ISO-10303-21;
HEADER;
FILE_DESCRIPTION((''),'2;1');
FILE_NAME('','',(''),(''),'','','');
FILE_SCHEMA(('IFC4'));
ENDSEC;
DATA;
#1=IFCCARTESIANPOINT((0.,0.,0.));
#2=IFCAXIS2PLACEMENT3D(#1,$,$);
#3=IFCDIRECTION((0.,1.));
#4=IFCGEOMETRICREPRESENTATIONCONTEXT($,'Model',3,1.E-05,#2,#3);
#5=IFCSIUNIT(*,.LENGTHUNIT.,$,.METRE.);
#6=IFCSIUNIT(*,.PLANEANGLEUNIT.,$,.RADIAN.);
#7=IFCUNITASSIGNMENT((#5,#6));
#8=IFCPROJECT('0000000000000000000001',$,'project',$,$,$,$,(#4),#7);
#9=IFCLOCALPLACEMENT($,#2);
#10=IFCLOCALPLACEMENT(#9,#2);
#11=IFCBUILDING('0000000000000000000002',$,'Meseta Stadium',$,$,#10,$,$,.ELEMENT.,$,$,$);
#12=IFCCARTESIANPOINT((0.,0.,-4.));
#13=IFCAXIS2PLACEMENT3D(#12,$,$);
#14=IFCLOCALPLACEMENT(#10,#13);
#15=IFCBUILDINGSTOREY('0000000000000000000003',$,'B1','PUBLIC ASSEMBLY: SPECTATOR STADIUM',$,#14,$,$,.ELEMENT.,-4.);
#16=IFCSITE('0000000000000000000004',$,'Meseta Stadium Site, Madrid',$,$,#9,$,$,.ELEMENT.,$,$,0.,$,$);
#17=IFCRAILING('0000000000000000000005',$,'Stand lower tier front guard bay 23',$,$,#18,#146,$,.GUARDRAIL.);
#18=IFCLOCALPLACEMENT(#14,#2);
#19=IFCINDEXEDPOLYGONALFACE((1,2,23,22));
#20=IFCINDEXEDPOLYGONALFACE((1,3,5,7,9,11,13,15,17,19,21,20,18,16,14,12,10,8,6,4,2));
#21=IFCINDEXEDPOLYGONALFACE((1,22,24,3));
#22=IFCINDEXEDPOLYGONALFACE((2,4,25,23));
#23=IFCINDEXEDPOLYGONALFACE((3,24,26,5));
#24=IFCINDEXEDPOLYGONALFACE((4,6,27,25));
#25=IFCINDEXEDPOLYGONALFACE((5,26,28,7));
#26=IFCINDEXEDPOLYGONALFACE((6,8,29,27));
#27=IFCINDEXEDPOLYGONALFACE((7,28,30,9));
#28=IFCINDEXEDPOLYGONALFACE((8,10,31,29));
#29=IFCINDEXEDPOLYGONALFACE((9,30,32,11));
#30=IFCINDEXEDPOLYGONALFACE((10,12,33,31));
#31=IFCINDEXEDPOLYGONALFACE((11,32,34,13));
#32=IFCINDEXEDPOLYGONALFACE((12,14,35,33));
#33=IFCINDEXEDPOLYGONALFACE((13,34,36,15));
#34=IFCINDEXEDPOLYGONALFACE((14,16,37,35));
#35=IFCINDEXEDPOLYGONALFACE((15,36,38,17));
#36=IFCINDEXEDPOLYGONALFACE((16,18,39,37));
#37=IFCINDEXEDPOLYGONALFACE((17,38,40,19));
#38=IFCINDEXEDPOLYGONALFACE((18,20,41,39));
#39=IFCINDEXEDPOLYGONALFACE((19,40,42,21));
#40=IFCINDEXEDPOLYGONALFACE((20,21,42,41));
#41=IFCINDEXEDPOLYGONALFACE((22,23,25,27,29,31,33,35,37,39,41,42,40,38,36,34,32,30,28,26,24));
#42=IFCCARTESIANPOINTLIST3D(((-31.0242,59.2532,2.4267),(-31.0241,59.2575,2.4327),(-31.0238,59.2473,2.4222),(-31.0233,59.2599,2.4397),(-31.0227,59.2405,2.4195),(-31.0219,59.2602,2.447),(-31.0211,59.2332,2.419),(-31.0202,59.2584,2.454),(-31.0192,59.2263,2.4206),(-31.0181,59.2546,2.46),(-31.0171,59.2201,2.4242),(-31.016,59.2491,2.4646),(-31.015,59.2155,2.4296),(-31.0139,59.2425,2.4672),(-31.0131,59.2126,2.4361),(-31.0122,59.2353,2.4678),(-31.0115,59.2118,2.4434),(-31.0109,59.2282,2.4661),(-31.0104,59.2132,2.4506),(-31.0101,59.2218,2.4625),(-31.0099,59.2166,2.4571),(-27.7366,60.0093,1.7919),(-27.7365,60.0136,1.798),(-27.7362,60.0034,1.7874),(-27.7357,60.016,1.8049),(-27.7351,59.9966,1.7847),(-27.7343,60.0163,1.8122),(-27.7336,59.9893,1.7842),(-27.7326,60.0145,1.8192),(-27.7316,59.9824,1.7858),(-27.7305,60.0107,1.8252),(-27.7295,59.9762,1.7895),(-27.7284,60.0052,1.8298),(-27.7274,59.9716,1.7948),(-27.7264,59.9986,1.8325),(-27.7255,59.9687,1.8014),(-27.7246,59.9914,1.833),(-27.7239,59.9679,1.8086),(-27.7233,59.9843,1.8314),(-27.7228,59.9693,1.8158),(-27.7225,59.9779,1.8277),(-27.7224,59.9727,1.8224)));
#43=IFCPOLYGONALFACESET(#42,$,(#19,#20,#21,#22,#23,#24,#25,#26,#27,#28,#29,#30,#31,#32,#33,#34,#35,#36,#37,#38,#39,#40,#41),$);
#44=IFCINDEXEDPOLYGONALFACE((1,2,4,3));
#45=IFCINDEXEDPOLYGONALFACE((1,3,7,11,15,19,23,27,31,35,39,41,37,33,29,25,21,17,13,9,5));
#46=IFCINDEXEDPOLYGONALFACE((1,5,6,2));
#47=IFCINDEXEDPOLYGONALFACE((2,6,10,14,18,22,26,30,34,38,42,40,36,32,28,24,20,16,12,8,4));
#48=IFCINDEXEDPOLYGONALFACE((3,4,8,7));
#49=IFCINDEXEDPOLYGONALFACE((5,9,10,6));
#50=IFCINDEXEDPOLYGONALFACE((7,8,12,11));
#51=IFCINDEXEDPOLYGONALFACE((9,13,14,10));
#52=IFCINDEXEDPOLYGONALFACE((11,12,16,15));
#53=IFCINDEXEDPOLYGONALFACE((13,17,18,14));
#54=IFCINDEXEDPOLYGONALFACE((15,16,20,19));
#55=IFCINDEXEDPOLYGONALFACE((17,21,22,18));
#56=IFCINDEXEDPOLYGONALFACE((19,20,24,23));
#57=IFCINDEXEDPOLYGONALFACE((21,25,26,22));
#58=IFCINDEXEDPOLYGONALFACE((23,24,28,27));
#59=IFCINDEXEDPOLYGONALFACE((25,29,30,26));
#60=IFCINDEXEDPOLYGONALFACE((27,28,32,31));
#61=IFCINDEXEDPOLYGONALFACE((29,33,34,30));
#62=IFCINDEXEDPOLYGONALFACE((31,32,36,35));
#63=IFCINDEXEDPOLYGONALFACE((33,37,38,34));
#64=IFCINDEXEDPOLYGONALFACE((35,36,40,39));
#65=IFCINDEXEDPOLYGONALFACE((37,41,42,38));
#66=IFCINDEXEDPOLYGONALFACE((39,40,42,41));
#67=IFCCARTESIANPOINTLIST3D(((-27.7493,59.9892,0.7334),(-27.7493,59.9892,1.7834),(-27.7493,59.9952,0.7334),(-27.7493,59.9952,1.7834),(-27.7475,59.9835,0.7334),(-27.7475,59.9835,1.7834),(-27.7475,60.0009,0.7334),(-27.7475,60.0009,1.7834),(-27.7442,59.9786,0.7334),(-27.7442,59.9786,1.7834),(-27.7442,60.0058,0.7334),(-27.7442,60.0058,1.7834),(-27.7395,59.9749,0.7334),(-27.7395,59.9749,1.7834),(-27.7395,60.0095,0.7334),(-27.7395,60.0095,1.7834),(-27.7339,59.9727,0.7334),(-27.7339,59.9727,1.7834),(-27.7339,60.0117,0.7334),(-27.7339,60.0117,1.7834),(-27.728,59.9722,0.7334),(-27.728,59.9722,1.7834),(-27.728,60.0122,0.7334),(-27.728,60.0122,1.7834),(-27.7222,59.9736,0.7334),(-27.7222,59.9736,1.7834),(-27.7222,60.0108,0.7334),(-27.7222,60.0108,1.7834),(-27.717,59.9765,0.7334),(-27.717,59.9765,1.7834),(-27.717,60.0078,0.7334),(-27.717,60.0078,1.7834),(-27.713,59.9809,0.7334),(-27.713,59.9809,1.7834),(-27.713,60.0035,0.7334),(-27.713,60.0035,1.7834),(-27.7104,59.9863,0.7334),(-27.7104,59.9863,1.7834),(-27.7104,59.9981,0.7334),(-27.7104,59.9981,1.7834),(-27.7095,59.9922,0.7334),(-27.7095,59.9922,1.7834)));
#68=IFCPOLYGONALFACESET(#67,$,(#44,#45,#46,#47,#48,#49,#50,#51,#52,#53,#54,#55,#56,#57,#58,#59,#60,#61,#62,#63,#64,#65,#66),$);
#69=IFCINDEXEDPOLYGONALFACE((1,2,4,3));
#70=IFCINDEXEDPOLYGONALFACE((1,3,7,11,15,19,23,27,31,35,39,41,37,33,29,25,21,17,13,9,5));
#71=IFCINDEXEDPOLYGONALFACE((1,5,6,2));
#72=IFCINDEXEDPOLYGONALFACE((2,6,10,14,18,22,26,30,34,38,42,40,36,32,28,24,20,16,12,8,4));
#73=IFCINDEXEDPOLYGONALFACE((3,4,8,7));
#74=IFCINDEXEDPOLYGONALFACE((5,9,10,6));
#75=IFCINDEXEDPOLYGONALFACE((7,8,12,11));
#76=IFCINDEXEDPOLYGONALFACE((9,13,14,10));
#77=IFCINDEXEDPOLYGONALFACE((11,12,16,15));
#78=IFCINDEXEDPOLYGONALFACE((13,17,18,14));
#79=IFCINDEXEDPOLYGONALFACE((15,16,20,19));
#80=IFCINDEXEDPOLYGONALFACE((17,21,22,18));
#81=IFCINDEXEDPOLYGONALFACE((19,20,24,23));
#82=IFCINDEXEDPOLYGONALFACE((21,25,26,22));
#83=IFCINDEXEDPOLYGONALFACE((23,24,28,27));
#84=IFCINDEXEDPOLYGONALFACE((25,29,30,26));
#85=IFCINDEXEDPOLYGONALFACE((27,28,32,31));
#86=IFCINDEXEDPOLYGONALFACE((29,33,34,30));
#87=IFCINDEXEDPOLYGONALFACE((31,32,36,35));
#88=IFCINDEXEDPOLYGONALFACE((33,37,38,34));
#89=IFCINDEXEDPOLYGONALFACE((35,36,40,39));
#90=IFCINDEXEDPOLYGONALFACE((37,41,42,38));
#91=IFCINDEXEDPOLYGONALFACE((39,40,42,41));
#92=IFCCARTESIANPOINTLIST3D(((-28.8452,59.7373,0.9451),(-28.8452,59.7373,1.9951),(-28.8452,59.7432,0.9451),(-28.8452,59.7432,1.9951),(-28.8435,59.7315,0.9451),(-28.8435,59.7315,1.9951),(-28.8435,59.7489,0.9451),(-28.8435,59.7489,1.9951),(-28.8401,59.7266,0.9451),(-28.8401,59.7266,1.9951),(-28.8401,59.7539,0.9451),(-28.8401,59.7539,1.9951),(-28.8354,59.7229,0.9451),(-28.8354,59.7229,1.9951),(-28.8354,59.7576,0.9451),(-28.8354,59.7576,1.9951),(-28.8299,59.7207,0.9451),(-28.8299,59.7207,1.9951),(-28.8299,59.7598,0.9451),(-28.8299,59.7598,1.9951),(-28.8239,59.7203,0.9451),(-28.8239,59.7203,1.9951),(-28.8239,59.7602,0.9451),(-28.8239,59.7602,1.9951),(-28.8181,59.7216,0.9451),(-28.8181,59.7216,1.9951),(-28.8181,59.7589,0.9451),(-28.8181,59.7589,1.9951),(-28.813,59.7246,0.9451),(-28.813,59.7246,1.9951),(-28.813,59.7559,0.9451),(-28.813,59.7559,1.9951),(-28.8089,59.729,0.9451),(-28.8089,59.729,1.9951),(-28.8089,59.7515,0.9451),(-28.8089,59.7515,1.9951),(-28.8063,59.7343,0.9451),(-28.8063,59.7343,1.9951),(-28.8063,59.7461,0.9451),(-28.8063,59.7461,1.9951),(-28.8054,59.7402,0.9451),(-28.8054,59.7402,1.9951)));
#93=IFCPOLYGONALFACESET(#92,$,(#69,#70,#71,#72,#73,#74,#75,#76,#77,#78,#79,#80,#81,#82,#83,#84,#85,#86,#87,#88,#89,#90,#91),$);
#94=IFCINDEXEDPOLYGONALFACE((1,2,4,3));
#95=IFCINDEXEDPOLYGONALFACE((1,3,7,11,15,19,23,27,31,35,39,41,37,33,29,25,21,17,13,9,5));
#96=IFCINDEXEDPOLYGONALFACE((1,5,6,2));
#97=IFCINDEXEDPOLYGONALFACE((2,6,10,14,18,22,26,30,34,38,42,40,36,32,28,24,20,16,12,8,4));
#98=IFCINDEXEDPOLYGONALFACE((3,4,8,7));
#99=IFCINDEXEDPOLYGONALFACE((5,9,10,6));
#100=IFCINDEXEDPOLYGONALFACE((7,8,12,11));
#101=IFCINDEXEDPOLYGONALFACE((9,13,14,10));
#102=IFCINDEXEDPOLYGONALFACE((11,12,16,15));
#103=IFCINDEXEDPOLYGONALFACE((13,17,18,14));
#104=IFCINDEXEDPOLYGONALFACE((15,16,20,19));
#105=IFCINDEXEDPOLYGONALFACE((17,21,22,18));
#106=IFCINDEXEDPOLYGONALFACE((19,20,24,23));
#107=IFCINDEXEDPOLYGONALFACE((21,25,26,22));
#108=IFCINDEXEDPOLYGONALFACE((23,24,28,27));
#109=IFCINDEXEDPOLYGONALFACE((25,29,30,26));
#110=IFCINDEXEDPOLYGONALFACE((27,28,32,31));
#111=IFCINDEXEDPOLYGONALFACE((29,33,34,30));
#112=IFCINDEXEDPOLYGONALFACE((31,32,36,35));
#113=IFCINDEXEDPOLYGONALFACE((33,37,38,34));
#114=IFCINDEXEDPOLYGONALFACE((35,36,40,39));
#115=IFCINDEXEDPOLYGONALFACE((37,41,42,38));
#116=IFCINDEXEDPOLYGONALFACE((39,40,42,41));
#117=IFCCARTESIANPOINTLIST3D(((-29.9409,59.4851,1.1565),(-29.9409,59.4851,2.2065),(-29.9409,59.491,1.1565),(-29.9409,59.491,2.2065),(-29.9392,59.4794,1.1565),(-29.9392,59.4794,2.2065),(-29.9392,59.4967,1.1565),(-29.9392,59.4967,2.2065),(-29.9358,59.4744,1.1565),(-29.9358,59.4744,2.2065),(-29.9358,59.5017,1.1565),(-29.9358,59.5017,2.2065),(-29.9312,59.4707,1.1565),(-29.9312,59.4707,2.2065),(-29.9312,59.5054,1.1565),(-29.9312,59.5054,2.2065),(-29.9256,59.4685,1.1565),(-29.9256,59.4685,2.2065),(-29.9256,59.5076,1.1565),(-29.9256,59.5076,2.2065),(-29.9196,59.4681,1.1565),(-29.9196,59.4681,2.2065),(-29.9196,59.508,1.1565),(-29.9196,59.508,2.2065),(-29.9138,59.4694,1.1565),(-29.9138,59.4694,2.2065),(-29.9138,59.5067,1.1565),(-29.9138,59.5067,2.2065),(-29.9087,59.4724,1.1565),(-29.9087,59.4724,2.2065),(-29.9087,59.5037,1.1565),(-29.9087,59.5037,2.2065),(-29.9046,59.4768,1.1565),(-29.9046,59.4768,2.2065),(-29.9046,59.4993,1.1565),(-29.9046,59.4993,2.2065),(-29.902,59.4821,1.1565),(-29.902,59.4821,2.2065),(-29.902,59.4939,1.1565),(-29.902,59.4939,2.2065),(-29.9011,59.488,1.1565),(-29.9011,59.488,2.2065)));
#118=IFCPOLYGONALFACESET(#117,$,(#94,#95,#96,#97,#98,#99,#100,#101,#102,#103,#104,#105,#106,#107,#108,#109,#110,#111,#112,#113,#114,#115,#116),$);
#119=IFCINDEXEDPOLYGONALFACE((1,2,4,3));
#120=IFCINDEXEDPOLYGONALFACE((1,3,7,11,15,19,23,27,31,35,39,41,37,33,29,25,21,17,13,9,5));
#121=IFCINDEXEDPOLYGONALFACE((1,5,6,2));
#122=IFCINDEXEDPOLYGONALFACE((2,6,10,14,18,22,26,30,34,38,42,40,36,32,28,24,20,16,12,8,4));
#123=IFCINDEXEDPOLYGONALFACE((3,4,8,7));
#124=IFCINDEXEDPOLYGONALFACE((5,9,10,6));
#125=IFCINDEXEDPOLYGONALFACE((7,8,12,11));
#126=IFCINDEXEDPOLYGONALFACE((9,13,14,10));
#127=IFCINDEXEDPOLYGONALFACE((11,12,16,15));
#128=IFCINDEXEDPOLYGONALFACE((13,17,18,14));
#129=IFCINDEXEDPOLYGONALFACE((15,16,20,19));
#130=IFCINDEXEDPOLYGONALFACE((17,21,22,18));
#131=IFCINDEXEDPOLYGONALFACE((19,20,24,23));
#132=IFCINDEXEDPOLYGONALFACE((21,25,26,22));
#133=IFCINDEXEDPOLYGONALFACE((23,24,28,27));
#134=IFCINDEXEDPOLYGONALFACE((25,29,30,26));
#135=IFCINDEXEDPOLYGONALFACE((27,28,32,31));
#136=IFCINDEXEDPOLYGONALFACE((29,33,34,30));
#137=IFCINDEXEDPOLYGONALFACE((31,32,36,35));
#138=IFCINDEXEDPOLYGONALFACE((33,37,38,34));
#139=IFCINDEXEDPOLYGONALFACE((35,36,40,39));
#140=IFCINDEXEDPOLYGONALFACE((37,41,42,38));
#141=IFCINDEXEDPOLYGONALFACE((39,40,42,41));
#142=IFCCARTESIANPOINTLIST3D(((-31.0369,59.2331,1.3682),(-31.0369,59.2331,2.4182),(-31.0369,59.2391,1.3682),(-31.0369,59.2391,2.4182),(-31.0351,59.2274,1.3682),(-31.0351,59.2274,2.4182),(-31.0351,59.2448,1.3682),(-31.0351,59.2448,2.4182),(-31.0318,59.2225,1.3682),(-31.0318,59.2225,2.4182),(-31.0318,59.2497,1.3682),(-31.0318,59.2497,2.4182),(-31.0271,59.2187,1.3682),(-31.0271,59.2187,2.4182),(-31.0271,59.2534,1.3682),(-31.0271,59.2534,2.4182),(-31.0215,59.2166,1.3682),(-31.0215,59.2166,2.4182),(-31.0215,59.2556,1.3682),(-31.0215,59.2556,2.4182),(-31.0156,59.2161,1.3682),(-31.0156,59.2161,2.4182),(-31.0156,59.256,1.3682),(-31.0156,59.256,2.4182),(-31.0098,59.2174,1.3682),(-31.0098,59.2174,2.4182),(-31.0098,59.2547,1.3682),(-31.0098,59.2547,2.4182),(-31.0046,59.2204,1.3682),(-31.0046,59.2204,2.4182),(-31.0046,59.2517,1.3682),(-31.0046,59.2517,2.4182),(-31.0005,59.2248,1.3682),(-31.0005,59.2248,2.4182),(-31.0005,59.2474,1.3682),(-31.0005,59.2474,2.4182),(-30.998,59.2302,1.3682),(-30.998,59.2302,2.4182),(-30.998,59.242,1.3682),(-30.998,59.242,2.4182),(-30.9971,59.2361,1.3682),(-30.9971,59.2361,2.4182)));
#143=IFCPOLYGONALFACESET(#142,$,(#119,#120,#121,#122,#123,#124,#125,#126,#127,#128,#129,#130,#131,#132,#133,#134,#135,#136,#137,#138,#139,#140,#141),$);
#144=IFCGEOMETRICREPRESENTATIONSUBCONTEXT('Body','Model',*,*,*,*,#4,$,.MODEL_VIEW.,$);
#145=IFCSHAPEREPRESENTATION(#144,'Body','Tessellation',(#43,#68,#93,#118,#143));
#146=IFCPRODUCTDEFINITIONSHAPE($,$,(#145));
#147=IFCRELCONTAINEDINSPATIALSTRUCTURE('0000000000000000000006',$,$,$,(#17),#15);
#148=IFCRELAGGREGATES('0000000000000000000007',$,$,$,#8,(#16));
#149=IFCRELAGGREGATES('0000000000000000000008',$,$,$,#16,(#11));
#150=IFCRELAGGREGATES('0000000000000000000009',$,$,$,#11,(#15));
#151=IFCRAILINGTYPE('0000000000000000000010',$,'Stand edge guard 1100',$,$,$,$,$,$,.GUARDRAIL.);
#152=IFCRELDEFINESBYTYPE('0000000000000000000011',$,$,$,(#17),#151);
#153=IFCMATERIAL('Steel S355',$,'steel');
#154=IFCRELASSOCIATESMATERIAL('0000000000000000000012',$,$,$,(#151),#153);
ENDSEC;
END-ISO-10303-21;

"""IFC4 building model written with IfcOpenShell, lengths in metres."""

from ifc_helpers import new_model, si_unit, direction, frame, origin, origin_2d, place, context, subcontext, project, spatial, circle, extrude, material, type_object, element, save


model = new_model("IFC4")

# Units and contexts
model_context = context("Model", 3, precision=1e-05, world=origin(), true_north=direction((0.0, 1.0)))
body_context = subcontext(model_context, "Body", "Model", "MODEL_VIEW")
ifc_project = project(units=[si_unit("LENGTHUNIT", "METRE"), si_unit("PLANEANGLEUNIT", "RADIAN")], contexts=[model_context])

# Site, building, storey
site_placement = place(None, origin())
site = spatial("IfcSite", under=ifc_project, at=site_placement, Name="Meseta Stadium Site, Madrid", CompositionType="ELEMENT", RefElevation=0.0)
building_placement = place(site_placement, origin())
building = spatial("IfcBuilding", under=site, at=building_placement, Name="Meseta Stadium", CompositionType="ELEMENT")
storey_placement = place(building_placement, frame((0.0, 0.0, -4.0)))
storey = spatial("IfcBuildingStorey", under=building, at=storey_placement, Name="B1", Description="PUBLIC ASSEMBLY: SPECTATOR STADIUM", CompositionType="ELEMENT", Elevation=-4.0)

# Railing
ifc_material_1 = material(Name="Steel S355", Category="steel")
railing_type = type_object("IfcRailingType", Name="Stand edge guard 1100", PredefinedType="GUARDRAIL", material=ifc_material_1)
railing_1_placement = place(storey_placement, frame((-27.7295, 59.9922, 0.7334)))
element("IfcRailing", 1, at=railing_1_placement, inside=storey, type_object=railing_type, Name="Stand lower tier front guard bay 23", PredefinedType="GUARDRAIL", context=body_context, shape_type="SweptSolid", body=[
    extrude(circle(Radius=0.0249, at=origin_2d()), frame((0.0, 0.0, 1.0752), z_axis=(-0.95775, -0.22027, 0.184921), x_axis=(0.224135, -0.974558, 0.0)), (0.0, 0.0, 1.0), 3.4326),
    extrude(circle(Radius=0.02, at=origin_2d()), origin(), (0.0, 0.0, 1.0), 1.05),
    extrude(circle(Radius=0.02, at=origin_2d()), frame((-1.0959, -0.252, 0.2117)), (0.0, 0.0, 1.0), 1.05),
    extrude(circle(Radius=0.02, at=origin_2d()), frame((-2.1917, -0.5042, 0.4231)), (0.0, 0.0, 1.0), 1.05),
    extrude(circle(Radius=0.02, at=origin_2d()), frame((-3.2876, -0.7561, 0.6348)), (0.0, 0.0, 1.0), 1.05),
])

save(model, "model.ifc")
